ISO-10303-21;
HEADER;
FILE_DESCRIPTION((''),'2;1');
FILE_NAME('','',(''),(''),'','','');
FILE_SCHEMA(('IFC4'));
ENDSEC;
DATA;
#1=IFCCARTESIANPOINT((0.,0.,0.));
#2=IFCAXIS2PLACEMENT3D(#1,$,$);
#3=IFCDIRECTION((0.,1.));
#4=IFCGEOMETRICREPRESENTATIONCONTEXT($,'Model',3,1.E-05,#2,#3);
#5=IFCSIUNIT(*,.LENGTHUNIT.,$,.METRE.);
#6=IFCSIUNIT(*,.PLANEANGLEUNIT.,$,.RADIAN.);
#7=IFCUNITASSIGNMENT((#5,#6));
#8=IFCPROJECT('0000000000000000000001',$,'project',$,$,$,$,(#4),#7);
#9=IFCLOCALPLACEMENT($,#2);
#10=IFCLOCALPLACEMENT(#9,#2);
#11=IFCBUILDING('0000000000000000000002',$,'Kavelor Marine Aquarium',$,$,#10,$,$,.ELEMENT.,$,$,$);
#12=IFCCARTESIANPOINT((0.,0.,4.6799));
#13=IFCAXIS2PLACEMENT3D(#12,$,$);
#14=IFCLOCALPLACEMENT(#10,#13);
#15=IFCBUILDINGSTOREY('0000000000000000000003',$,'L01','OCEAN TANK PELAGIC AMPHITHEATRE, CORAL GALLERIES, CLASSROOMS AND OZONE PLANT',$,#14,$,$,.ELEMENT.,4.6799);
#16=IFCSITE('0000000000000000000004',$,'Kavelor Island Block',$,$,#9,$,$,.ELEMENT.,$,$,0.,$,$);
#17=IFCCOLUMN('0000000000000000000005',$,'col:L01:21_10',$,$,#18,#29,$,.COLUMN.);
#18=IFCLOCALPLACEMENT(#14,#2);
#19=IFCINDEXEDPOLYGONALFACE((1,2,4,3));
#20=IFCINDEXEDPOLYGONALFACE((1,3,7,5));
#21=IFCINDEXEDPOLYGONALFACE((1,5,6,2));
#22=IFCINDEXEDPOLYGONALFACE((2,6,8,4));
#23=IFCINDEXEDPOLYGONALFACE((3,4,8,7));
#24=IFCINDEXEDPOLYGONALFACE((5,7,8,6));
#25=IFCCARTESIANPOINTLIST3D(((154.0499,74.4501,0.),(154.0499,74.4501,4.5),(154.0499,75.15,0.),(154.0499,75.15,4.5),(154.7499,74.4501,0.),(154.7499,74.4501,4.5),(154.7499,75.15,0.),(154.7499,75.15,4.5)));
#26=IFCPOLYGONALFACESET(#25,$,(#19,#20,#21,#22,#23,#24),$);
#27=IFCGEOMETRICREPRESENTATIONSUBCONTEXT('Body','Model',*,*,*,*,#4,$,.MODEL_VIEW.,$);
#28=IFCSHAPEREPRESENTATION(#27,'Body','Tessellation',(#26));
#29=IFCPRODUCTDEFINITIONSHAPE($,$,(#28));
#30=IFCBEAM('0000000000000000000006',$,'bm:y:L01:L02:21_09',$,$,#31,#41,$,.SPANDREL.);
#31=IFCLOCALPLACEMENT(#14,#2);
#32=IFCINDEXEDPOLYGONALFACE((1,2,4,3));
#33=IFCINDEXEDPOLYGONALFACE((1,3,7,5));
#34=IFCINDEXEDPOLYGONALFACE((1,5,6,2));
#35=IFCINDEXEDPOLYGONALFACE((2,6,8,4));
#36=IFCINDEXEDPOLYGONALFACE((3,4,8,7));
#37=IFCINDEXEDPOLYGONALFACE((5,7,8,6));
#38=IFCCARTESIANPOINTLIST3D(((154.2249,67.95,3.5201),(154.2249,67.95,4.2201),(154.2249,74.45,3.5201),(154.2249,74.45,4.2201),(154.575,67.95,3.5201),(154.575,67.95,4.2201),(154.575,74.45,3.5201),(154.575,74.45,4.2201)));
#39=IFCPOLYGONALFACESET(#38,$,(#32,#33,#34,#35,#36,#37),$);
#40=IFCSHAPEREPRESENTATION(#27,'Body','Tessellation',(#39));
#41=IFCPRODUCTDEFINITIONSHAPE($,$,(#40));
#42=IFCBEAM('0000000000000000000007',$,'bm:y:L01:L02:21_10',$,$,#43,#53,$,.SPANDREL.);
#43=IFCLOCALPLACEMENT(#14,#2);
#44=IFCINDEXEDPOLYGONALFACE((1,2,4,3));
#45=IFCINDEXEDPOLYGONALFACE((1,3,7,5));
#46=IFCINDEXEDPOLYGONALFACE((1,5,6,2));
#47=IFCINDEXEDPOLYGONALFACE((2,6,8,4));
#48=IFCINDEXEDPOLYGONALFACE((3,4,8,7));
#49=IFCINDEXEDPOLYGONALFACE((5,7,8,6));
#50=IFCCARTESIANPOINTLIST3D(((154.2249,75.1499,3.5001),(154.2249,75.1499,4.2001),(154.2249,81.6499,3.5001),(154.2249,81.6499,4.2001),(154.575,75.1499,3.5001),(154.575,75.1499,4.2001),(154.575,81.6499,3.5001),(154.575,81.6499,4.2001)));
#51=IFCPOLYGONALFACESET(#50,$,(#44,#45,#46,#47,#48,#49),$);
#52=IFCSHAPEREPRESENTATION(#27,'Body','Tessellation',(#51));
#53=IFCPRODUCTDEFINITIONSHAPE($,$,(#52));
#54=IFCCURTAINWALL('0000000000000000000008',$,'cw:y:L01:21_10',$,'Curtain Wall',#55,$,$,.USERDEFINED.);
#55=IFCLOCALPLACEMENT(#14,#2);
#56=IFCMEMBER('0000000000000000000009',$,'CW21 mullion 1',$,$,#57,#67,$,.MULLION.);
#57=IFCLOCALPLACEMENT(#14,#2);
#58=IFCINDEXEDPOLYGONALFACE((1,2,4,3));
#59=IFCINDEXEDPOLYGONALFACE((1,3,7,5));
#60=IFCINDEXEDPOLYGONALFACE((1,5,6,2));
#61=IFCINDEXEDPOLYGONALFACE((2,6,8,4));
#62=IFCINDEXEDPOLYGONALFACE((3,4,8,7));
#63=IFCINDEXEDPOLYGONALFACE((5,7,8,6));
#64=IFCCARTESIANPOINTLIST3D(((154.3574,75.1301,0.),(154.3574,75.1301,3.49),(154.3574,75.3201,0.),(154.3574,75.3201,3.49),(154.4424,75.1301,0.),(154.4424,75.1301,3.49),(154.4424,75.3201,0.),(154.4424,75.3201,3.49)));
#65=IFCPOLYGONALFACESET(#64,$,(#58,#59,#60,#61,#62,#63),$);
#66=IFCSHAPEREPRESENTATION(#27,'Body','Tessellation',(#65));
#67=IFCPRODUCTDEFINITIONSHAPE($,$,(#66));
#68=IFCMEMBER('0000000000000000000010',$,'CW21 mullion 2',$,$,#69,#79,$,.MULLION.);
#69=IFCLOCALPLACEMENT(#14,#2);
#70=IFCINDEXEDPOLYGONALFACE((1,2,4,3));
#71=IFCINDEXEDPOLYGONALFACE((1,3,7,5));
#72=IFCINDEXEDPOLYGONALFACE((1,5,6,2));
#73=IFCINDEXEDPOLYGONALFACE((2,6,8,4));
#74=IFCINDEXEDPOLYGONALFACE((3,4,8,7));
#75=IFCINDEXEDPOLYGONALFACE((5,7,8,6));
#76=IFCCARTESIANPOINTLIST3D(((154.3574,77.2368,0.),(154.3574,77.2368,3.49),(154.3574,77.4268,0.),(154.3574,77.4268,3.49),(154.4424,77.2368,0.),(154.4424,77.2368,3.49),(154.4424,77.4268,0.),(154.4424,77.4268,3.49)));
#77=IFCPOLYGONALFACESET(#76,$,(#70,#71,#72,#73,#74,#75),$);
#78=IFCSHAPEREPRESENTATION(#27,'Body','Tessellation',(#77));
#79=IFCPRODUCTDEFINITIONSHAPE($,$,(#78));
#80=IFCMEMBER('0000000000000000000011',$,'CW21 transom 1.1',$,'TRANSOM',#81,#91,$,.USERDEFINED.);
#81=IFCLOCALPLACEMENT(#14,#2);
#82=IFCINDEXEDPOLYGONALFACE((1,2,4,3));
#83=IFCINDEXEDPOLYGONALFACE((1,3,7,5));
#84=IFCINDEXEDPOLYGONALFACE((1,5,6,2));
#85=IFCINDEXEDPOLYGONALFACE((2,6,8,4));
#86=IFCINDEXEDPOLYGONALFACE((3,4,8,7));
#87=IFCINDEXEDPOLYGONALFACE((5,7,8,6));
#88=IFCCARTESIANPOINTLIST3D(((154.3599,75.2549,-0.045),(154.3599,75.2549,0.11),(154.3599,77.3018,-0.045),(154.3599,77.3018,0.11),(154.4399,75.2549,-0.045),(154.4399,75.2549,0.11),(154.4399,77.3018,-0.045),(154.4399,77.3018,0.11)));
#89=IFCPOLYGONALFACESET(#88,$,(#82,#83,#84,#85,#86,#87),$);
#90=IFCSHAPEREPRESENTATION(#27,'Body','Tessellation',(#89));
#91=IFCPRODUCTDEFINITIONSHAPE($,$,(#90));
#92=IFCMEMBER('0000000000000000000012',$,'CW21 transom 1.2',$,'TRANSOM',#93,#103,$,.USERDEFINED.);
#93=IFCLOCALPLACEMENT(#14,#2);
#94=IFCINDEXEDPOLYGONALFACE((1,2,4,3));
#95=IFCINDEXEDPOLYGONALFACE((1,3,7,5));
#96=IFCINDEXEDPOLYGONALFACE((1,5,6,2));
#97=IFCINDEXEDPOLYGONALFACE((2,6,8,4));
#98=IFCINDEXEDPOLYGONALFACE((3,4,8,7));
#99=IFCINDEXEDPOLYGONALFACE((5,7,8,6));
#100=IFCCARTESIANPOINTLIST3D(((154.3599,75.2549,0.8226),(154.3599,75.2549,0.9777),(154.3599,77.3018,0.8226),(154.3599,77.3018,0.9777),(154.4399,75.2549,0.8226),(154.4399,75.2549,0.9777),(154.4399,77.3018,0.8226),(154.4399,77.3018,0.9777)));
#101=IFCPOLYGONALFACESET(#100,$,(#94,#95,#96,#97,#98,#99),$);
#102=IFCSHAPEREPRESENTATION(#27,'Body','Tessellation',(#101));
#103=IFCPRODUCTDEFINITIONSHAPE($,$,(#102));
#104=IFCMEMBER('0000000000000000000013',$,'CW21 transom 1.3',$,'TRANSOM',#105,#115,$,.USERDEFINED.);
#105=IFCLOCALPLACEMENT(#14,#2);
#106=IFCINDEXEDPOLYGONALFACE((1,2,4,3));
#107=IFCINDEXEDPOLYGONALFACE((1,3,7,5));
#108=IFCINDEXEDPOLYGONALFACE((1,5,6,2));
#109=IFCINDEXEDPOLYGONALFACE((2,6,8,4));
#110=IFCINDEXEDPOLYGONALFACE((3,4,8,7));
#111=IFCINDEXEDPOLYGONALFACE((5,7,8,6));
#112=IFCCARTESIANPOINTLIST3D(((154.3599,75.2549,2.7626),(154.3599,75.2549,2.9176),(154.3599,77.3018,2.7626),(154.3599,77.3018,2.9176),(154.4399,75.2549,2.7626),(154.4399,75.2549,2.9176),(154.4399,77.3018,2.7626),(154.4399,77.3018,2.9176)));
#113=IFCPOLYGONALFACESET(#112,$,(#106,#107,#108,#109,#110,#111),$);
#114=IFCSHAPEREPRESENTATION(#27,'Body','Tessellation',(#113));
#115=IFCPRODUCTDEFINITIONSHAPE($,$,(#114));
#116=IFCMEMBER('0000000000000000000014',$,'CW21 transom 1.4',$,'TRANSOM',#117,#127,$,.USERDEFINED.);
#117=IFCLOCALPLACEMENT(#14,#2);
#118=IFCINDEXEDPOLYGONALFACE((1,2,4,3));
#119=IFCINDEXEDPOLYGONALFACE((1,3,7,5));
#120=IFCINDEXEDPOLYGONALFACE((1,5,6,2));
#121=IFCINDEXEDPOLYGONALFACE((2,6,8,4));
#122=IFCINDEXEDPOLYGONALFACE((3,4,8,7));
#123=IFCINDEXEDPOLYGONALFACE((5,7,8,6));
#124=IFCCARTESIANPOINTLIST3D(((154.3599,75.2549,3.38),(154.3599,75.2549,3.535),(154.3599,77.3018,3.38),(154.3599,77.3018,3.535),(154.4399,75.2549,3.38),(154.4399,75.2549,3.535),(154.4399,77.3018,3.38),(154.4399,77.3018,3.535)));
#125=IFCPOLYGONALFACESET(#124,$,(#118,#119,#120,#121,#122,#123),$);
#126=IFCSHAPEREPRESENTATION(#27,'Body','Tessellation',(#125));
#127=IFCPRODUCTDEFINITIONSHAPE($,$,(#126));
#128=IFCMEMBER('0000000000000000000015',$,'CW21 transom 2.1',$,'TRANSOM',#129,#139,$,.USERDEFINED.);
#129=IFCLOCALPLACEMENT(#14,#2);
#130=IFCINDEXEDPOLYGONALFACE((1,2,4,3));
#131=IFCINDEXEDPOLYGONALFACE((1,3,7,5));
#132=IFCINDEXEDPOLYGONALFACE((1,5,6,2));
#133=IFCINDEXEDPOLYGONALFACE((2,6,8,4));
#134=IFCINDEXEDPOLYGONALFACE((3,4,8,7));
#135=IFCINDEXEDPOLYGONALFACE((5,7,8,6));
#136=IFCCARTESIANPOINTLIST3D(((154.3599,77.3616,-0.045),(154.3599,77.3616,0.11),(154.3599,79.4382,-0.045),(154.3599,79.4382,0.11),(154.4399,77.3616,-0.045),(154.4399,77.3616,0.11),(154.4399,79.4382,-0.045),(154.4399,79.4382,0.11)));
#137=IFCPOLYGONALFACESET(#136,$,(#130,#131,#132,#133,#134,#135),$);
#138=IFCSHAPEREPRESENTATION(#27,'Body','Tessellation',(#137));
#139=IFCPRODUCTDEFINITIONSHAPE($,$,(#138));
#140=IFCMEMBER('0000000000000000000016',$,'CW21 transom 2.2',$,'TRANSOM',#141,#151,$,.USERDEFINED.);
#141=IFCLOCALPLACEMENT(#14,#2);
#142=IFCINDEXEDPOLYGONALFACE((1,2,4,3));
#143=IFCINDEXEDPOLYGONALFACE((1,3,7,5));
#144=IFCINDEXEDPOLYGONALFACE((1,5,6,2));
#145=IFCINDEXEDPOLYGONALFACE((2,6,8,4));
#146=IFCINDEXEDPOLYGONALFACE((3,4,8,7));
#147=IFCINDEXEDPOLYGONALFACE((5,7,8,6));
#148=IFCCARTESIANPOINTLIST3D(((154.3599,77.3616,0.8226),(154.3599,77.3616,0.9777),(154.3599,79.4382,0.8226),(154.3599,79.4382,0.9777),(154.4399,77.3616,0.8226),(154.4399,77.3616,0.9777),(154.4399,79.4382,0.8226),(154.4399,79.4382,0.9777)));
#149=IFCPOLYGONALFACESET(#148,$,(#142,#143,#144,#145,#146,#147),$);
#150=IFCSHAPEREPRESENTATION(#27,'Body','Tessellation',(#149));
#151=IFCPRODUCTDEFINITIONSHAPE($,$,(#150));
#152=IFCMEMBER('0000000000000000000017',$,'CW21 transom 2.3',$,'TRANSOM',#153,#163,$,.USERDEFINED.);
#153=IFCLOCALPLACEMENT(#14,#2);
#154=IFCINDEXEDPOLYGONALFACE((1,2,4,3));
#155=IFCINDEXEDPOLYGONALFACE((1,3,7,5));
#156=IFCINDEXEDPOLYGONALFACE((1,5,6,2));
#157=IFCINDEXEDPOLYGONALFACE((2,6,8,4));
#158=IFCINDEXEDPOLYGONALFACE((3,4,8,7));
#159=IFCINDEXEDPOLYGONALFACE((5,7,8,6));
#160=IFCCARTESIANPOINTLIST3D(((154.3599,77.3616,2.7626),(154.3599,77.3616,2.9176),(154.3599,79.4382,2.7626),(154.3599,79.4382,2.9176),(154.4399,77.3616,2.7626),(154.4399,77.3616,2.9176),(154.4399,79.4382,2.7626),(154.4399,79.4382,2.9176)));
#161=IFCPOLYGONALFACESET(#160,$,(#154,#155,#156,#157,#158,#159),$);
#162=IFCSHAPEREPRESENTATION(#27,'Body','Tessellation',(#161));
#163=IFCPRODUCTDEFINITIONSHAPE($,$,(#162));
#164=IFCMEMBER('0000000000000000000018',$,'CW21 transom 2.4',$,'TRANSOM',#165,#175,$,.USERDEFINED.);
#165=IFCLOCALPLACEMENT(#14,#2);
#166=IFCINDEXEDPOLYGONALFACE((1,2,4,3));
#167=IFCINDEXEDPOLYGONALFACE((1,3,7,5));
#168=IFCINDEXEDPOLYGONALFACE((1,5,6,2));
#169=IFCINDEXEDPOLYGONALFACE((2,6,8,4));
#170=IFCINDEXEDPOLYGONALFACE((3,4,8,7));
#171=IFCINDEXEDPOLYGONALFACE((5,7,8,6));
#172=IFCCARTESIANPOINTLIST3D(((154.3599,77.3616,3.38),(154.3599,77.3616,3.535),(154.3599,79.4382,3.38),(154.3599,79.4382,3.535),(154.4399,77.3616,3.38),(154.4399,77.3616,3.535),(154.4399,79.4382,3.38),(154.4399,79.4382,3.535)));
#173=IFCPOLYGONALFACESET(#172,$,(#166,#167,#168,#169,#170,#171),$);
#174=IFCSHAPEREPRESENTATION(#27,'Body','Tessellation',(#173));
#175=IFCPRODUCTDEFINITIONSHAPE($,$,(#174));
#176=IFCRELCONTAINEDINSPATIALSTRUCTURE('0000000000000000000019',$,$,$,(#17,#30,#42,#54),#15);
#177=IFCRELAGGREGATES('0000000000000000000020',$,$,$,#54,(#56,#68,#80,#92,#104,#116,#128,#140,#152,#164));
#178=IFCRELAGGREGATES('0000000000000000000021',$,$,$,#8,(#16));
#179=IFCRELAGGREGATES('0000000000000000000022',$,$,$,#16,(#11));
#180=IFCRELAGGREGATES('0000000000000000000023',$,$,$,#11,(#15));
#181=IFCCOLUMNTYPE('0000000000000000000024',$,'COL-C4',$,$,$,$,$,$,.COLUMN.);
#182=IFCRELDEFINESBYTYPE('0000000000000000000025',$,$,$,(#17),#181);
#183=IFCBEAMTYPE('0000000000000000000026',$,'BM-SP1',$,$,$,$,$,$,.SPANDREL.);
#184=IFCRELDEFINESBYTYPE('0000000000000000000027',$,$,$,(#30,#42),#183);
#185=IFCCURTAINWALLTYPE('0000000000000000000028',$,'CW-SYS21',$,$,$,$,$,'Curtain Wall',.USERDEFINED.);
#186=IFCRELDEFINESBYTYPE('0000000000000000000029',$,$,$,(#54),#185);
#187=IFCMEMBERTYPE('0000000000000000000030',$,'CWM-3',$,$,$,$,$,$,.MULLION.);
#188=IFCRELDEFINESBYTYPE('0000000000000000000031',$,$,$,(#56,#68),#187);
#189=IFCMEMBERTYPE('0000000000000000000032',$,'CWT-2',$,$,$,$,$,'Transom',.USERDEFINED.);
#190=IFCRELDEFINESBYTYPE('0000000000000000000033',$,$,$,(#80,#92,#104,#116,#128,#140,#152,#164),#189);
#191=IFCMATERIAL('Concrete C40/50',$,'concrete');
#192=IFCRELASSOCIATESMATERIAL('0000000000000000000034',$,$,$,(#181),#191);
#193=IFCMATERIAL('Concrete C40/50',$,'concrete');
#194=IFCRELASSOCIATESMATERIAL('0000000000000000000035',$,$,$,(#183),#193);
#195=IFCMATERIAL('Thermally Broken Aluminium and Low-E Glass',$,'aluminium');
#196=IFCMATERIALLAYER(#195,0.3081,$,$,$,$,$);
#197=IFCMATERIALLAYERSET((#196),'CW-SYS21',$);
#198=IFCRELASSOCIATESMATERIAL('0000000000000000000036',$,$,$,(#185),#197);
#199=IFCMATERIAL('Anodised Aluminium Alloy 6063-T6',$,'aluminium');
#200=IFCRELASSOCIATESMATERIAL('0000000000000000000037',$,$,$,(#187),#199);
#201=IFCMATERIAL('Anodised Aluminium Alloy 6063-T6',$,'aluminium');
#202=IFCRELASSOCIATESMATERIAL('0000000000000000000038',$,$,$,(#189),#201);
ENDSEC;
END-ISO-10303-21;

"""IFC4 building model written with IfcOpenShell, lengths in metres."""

from ifc_helpers import new_model, si_unit, direction, frame, origin, origin_2d, place, context, subcontext, project, spatial, rectangle, extrude, material, layer, layer_set, material_profile, profile_set, type_object, element, aggregate, save


model = new_model("IFC4")

# Units and contexts
model_context = context("Model", 3, precision=1e-05, world=origin(), true_north=direction((0.0, 1.0)))
body_context = subcontext(model_context, "Body", "Model", "MODEL_VIEW")
ifc_project = project(units=[si_unit("LENGTHUNIT", "METRE"), si_unit("PLANEANGLEUNIT", "RADIAN")], contexts=[model_context])

# Site, building, storey
site_placement = place(None, origin())
site = spatial("IfcSite", under=ifc_project, at=site_placement, Name="Kavelor Island Block", CompositionType="ELEMENT", RefElevation=0.0)
building_placement = place(site_placement, origin())
building = spatial("IfcBuilding", under=site, at=building_placement, Name="Kavelor Marine Aquarium", CompositionType="ELEMENT")
storey_placement = place(building_placement, frame((0.0, 0.0, 4.6799)))
storey = spatial("IfcBuildingStorey", under=building, at=storey_placement, Name="L01", Description="OCEAN TANK PELAGIC AMPHITHEATRE, CORAL GALLERIES, CLASSROOMS AND OZONE PLANT", CompositionType="ELEMENT", Elevation=4.6799)

# Column
ifc_material_1 = material(Name="Concrete C40/50", Category="concrete")
ifc_material_profile_1 = material_profile(ifc_material_1, rectangle(XDim=0.7, YDim=0.7, at=origin_2d()), Name="RC-COL 700x700")
ifc_profile_set_1 = profile_set([ifc_material_profile_1], Name="Concrete C40/50")
column_type = type_object("IfcColumnType", Name="COL-C4", PredefinedType="COLUMN", material=ifc_profile_set_1)
column_placement = place(storey_placement, frame((154.3999, 74.8, 0.0), z_axis=(0.0, 0.0, 1.0), x_axis=(1.0, 0.0, 0.0)))
element("IfcColumn", 1, at=column_placement, inside=storey, type_object=column_type, Name="col:L01:21_10", PredefinedType="COLUMN", context=body_context, shape_type="SweptSolid", body=[
    extrude(rectangle(XDim=0.7, YDim=0.7, at=origin_2d()), origin(), (0.0, 0.0, 1.0), 4.5),
])

# Beams
ifc_material_2 = material(Name="Concrete C40/50", Category="concrete")
ifc_material_profile_2 = material_profile(ifc_material_2, rectangle(XDim=0.3501, YDim=0.7, at=origin_2d()), Name="RC-SP 350x700")
ifc_profile_set_2 = profile_set([ifc_material_profile_2], Name="Concrete C40/50")
beam_type = type_object("IfcBeamType", Name="BM-SP1", PredefinedType="SPANDREL", material=ifc_profile_set_2)
for number, where, z_axis, x_axis, name in (
    (2, (154.3999, 67.95, 3.8701), (0.0, 1.0, 0.0), (-1.0, 0.0, 0.0), "bm:y:L01:L02:21_09"),
    (3, (154.3999, 75.1499, 3.8501), (0.0, 1.0, 0.0), (-1.0, 0.0, 0.0), "bm:y:L01:L02:21_10"),
):
    element("IfcBeam", number, at=place(storey_placement, frame(where, z_axis=z_axis, x_axis=x_axis)), inside=storey, type_object=beam_type, Name=name, PredefinedType="SPANDREL", context=body_context, shape_type="SweptSolid", body=[
        extrude(rectangle(XDim=0.3501, YDim=0.7, at=origin_2d()), origin(), (0.0, 0.0, 1.0), 6.5),
    ])

# Curtain wall, members
ifc_material_3 = material(Name="Thermally Broken Aluminium and Low-E Glass", Category="aluminium")
ifc_layer_1 = layer(ifc_material_3, 0.3081)
ifc_layer_set_1 = layer_set([ifc_layer_1], Name="CW-SYS21")
curtain_wall_type = type_object("IfcCurtainWallType", Name="CW-SYS21", ElementType="Curtain Wall", PredefinedType="USERDEFINED", material=ifc_layer_set_1)
curtain_wall_placement = place(storey_placement, origin())
curtain_wall = element("IfcCurtainWall", 4, at=curtain_wall_placement, inside=storey, type_object=curtain_wall_type, Name="cw:y:L01:21_10", ObjectType="Curtain Wall", PredefinedType="USERDEFINED")
ifc_material_4 = material(Name="Anodised Aluminium Alloy 6063-T6", Category="aluminium")
ifc_material_profile_3 = material_profile(ifc_material_4, rectangle(XDim=0.085, YDim=0.1899, at=origin_2d()), Name="CW-MUL 85x190")
ifc_profile_set_3 = profile_set([ifc_material_profile_3], Name="Anodised Aluminium Alloy 6063-T6")
member_type_1 = type_object("IfcMemberType", Name="CWM-3", PredefinedType="MULLION", material=ifc_profile_set_3)
member_1_placement = place(storey_placement, frame((154.3999, 75.2251, 0.0), z_axis=(0.0, 0.0, 1.0), x_axis=(-1.0, 0.0, 0.0)))
member_1 = element("IfcMember", 5, at=member_1_placement, type_object=member_type_1, Name="CW21 mullion 1", PredefinedType="MULLION", context=body_context, shape_type="SweptSolid", body=[
    extrude(rectangle(XDim=0.085, YDim=0.1899, at=origin_2d()), origin(), (0.0, 0.0, 1.0), 3.49),
])
member_2_placement = place(storey_placement, frame((154.3999, 77.3318, 0.0), z_axis=(0.0, 0.0, 1.0), x_axis=(-1.0, 0.0, 0.0)))
member_2 = element("IfcMember", 6, at=member_2_placement, type_object=member_type_1, Name="CW21 mullion 2", PredefinedType="MULLION", context=body_context, shape_type="SweptSolid", body=[
    extrude(rectangle(XDim=0.085, YDim=0.1899, at=origin_2d()), origin(), (0.0, 0.0, 1.0), 3.49),
])
ifc_material_5 = material(Name="Anodised Aluminium Alloy 6063-T6", Category="aluminium")
ifc_material_profile_4 = material_profile(ifc_material_5, rectangle(XDim=0.0801, YDim=0.155, at=origin_2d()), Name="CW-TRN 80x155")
ifc_profile_set_4 = profile_set([ifc_material_profile_4], Name="Anodised Aluminium Alloy 6063-T6")
member_type_2 = type_object("IfcMemberType", Name="CWT-2", ElementType="Transom", PredefinedType="USERDEFINED", material=ifc_profile_set_4)
member_3_placement = place(storey_placement, frame((154.3999, 75.2549, 0.0325), z_axis=(0.0, 1.0, 0.0), x_axis=(-1.0, 0.0, 0.0)))
member_3 = element("IfcMember", 7, at=member_3_placement, type_object=member_type_2, Name="CW21 transom 1.1", ObjectType="TRANSOM", PredefinedType="USERDEFINED", context=body_context, shape_type="SweptSolid", body=[
    extrude(rectangle(XDim=0.0801, YDim=0.155, at=origin_2d()), origin(), (0.0, 0.0, 1.0), 2.0469),
])
member_4_placement = place(storey_placement, frame((154.3999, 75.2549, 0.9001), z_axis=(0.0, 1.0, 0.0), x_axis=(-1.0, 0.0, 0.0)))
member_4 = element("IfcMember", 8, at=member_4_placement, type_object=member_type_2, Name="CW21 transom 1.2", ObjectType="TRANSOM", PredefinedType="USERDEFINED", context=body_context, shape_type="SweptSolid", body=[
    extrude(rectangle(XDim=0.0801, YDim=0.155, at=origin_2d()), origin(), (0.0, 0.0, 1.0), 2.0469),
])
member_5_placement = place(storey_placement, frame((154.3999, 75.2549, 2.8401), z_axis=(0.0, 1.0, 0.0), x_axis=(-1.0, 0.0, 0.0)))
member_5 = element("IfcMember", 9, at=member_5_placement, type_object=member_type_2, Name="CW21 transom 1.3", ObjectType="TRANSOM", PredefinedType="USERDEFINED", context=body_context, shape_type="SweptSolid", body=[
    extrude(rectangle(XDim=0.0801, YDim=0.155, at=origin_2d()), origin(), (0.0, 0.0, 1.0), 2.0469),
])
member_6_placement = place(storey_placement, frame((154.3999, 75.2549, 3.4575), z_axis=(0.0, 1.0, 0.0), x_axis=(-1.0, 0.0, 0.0)))
member_6 = element("IfcMember", 10, at=member_6_placement, type_object=member_type_2, Name="CW21 transom 1.4", ObjectType="TRANSOM", PredefinedType="USERDEFINED", context=body_context, shape_type="SweptSolid", body=[
    extrude(rectangle(XDim=0.0801, YDim=0.155, at=origin_2d()), origin(), (0.0, 0.0, 1.0), 2.0469),
])
member_7_placement = place(storey_placement, frame((154.3999, 77.3616, 0.0325), z_axis=(0.0, 1.0, 0.0), x_axis=(-1.0, 0.0, 0.0)))
member_7 = element("IfcMember", 11, at=member_7_placement, type_object=member_type_2, Name="CW21 transom 2.1", ObjectType="TRANSOM", PredefinedType="USERDEFINED", context=body_context, shape_type="SweptSolid", body=[
    extrude(rectangle(XDim=0.0801, YDim=0.155, at=origin_2d()), origin(), (0.0, 0.0, 1.0), 2.0767),
])
member_8_placement = place(storey_placement, frame((154.3999, 77.3616, 0.9001), z_axis=(0.0, 1.0, 0.0), x_axis=(-1.0, 0.0, 0.0)))
member_8 = element("IfcMember", 12, at=member_8_placement, type_object=member_type_2, Name="CW21 transom 2.2", ObjectType="TRANSOM", PredefinedType="USERDEFINED", context=body_context, shape_type="SweptSolid", body=[
    extrude(rectangle(XDim=0.0801, YDim=0.155, at=origin_2d()), origin(), (0.0, 0.0, 1.0), 2.0767),
])
member_9_placement = place(storey_placement, frame((154.3999, 77.3616, 2.8401), z_axis=(0.0, 1.0, 0.0), x_axis=(-1.0, 0.0, 0.0)))
member_9 = element("IfcMember", 13, at=member_9_placement, type_object=member_type_2, Name="CW21 transom 2.3", ObjectType="TRANSOM", PredefinedType="USERDEFINED", context=body_context, shape_type="SweptSolid", body=[
    extrude(rectangle(XDim=0.0801, YDim=0.155, at=origin_2d()), origin(), (0.0, 0.0, 1.0), 2.0767),
])
member_10_placement = place(storey_placement, frame((154.3999, 77.3616, 3.4575), z_axis=(0.0, 1.0, 0.0), x_axis=(-1.0, 0.0, 0.0)))
member_10 = element("IfcMember", 14, at=member_10_placement, type_object=member_type_2, Name="CW21 transom 2.4", ObjectType="TRANSOM", PredefinedType="USERDEFINED", context=body_context, shape_type="SweptSolid", body=[
    extrude(rectangle(XDim=0.0801, YDim=0.155, at=origin_2d()), origin(), (0.0, 0.0, 1.0), 2.0767),
])

aggregate(curtain_wall, [member_1, member_2, member_3, member_4, member_5, member_6, member_7, member_8, member_9, member_10])

save(model, "model.ifc")
